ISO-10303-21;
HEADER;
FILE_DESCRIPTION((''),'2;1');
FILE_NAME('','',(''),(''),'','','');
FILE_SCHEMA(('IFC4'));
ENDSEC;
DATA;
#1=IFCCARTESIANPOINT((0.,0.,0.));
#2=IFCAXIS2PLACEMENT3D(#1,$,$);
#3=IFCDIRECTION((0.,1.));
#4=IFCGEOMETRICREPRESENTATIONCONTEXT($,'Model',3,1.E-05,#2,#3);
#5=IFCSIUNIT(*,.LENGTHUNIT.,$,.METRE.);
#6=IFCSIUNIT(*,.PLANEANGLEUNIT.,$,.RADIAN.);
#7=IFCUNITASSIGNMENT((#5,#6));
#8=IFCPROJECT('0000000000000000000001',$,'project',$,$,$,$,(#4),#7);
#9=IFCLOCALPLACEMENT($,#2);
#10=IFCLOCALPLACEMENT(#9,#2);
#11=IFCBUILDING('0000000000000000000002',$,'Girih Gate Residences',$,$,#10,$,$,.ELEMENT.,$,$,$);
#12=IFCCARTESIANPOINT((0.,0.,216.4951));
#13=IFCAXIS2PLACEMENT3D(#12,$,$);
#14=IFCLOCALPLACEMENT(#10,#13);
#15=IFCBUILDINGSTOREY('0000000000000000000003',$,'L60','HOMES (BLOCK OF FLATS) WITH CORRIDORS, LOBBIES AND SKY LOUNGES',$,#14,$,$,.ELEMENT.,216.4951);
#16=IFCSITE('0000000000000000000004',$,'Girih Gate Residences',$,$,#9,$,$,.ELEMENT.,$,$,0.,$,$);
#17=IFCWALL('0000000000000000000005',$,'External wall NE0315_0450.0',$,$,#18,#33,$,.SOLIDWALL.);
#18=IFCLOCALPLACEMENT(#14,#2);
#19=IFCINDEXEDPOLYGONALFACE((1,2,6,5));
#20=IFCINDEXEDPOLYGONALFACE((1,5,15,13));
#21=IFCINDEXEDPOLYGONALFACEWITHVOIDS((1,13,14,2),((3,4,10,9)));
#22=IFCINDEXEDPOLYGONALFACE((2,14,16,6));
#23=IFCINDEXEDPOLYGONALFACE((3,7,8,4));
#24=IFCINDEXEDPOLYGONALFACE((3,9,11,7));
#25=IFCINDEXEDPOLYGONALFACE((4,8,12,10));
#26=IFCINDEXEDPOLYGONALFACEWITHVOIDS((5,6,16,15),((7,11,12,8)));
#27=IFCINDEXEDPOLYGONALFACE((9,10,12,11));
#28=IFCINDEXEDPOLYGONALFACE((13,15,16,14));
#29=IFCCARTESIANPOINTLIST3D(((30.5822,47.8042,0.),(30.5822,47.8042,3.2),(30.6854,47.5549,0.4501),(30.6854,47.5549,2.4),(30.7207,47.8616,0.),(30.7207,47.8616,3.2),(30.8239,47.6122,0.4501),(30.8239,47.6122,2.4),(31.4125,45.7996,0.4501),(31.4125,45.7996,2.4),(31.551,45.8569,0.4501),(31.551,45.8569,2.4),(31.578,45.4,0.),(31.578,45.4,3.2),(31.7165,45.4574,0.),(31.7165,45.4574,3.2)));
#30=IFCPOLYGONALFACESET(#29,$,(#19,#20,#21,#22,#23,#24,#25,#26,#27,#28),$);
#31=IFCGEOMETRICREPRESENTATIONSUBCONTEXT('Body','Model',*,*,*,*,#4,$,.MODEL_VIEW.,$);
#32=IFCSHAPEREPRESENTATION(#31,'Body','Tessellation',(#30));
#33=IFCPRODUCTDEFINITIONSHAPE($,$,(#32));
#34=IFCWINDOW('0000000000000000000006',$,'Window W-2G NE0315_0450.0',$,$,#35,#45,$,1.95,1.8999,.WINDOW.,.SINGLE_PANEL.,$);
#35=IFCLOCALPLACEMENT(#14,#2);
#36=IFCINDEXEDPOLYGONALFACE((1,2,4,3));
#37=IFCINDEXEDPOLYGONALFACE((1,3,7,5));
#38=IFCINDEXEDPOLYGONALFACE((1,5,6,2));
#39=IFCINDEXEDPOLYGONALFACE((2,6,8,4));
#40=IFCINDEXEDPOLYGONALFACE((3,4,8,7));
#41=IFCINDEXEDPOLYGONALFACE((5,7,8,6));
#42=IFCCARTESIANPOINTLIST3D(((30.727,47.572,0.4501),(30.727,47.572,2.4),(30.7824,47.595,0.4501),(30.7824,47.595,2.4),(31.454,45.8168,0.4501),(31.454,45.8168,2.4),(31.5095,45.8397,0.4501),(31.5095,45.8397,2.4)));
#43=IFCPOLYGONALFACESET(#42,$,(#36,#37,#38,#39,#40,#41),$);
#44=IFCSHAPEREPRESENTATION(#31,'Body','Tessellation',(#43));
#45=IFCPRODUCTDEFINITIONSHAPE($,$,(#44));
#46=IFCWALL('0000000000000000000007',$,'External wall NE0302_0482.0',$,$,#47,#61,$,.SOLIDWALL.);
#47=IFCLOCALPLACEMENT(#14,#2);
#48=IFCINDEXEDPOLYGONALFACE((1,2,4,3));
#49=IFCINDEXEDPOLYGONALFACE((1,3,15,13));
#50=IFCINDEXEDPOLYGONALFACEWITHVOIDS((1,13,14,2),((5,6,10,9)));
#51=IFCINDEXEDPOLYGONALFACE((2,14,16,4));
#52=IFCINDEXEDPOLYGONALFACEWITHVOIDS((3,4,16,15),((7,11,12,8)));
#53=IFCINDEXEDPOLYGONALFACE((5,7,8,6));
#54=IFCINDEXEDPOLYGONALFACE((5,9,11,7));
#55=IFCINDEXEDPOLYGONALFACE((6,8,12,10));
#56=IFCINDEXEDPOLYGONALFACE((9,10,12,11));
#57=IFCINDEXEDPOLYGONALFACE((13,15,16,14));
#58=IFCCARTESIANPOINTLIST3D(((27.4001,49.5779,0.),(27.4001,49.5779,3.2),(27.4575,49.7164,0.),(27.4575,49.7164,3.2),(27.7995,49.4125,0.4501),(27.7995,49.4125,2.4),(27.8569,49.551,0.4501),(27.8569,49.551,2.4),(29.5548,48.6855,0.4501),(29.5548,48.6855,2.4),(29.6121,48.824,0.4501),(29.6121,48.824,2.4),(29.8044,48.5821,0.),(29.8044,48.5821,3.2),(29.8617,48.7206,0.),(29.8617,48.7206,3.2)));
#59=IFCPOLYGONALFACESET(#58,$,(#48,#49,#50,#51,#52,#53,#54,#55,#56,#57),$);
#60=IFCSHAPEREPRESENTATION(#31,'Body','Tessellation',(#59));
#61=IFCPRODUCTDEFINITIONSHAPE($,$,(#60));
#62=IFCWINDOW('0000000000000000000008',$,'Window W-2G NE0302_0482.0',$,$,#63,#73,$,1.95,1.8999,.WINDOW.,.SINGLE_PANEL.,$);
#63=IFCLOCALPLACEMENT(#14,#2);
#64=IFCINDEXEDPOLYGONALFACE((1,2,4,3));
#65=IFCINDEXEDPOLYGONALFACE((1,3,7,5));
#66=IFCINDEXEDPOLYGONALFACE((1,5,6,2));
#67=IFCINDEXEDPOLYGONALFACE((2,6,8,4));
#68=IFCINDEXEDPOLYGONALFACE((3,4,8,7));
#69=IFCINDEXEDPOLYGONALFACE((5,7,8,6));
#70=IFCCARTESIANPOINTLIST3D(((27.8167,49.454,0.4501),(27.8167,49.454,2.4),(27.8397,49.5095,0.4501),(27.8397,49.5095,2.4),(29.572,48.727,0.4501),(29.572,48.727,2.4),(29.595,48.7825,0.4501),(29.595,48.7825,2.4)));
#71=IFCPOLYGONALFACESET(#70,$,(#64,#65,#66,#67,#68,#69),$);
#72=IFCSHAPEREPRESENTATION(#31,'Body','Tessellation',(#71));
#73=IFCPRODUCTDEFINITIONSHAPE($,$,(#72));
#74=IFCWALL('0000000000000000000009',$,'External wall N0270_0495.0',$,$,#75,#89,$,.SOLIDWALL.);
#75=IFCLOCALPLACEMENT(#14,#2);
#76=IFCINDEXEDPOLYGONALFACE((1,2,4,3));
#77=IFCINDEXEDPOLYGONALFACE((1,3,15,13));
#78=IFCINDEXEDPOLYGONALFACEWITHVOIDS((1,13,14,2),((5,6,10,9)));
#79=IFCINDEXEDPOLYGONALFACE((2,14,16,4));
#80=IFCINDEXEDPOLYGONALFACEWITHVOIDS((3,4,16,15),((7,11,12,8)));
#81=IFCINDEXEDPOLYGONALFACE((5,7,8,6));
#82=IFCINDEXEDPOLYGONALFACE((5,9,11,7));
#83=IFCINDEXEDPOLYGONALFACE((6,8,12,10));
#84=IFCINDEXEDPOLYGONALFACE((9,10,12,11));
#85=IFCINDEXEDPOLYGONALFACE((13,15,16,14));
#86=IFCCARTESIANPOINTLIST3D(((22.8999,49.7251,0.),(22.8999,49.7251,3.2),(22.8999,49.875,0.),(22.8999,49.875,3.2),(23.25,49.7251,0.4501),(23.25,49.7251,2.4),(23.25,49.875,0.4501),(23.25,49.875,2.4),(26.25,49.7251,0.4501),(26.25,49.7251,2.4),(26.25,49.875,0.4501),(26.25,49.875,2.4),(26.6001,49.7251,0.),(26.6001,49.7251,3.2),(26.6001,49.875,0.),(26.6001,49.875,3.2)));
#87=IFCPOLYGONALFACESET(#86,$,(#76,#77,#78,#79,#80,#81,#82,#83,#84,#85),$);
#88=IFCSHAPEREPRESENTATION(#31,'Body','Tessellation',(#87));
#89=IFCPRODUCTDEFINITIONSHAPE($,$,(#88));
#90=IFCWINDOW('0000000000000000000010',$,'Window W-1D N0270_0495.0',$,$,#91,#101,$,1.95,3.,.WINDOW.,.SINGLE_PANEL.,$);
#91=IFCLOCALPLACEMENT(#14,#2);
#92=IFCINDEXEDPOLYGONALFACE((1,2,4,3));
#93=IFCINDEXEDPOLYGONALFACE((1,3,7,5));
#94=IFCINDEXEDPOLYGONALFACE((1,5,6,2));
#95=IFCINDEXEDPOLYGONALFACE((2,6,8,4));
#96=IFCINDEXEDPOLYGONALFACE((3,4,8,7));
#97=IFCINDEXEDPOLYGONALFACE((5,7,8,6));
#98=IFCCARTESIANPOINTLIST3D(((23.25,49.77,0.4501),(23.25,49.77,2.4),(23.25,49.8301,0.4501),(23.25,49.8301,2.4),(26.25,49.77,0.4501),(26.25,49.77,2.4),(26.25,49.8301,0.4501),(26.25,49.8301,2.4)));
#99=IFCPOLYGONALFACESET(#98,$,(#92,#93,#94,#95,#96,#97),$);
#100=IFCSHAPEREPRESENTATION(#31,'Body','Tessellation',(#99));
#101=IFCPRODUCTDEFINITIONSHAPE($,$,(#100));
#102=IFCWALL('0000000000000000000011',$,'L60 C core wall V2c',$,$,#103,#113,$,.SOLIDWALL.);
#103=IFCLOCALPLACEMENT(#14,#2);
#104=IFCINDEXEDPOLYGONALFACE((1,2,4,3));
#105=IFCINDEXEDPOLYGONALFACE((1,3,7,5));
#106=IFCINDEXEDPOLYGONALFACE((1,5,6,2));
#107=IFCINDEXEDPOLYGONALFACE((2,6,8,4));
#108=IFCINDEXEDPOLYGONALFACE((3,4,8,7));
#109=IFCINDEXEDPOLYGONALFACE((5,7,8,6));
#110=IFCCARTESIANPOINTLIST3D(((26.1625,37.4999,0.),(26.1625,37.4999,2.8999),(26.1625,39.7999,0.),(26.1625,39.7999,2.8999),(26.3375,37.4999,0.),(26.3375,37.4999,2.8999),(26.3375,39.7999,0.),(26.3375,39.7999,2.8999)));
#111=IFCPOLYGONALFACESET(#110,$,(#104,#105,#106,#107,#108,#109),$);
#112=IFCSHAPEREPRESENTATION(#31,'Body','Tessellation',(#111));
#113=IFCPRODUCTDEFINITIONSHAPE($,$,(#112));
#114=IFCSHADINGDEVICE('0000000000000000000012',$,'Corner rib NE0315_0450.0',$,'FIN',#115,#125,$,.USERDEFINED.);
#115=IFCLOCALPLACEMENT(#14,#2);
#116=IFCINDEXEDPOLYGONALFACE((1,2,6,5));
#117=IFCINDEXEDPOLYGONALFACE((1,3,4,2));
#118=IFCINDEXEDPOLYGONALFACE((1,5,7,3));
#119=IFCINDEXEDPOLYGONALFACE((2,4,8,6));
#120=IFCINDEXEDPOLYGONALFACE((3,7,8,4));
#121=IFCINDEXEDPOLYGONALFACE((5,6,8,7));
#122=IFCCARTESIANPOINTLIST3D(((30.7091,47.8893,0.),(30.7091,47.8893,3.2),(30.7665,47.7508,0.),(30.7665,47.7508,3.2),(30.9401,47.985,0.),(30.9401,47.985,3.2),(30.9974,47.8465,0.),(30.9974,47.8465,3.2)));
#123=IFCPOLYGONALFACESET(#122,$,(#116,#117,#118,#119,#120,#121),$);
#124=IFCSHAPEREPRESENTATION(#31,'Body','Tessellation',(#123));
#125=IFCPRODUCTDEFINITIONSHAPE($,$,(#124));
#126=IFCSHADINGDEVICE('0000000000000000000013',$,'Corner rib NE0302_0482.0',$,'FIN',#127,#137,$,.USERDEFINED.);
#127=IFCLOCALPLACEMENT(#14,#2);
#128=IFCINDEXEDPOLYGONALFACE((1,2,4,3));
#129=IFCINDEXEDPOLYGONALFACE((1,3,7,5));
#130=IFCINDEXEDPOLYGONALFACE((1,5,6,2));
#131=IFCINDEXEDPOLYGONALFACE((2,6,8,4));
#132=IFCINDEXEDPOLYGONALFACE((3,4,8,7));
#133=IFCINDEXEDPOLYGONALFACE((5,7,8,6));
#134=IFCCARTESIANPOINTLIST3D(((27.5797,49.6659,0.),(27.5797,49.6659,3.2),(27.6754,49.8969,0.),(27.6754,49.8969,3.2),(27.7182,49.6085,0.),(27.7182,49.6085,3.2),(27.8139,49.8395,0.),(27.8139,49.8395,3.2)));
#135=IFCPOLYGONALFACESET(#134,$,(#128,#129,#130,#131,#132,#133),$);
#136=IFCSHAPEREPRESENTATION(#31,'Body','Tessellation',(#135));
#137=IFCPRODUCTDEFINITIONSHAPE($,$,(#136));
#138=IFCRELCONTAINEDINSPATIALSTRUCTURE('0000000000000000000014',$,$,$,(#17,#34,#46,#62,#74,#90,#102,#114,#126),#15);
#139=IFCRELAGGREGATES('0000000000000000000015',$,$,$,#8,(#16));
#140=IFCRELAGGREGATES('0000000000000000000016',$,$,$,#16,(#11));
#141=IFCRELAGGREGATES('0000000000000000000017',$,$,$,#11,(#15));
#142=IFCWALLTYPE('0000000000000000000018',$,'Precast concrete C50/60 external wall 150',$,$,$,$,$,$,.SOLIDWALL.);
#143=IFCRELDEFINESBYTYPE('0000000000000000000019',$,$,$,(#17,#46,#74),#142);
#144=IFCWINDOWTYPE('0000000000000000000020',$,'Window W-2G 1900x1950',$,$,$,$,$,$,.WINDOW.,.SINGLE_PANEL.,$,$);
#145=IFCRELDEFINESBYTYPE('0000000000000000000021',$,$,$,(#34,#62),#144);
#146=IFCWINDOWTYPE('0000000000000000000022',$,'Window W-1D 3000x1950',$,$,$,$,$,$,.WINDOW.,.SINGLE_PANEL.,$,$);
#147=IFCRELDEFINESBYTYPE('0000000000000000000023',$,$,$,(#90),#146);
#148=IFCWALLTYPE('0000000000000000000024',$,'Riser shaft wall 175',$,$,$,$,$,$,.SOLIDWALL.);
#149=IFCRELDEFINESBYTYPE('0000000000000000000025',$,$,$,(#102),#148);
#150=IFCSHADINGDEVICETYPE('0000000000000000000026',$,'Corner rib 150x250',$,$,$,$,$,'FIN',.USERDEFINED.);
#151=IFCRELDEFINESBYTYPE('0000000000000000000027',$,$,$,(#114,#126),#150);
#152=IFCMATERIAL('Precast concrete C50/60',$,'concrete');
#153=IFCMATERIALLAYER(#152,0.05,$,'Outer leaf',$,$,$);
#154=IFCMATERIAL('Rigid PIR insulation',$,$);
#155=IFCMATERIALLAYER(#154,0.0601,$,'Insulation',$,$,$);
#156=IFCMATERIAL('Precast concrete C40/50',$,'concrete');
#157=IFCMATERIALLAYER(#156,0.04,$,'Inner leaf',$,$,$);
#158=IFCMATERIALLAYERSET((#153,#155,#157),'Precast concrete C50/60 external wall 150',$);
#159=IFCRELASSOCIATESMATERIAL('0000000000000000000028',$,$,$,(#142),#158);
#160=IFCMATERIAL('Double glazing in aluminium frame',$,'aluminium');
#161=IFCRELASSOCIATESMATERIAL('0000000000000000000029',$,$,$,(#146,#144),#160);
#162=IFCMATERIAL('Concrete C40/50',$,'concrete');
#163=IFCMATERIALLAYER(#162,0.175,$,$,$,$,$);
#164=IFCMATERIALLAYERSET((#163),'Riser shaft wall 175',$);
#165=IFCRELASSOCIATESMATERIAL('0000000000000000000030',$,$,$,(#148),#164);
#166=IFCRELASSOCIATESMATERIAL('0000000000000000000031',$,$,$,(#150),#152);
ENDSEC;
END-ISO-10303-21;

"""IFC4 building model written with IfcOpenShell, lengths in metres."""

from ifc_helpers import new_model, si_unit, direction, frame, frame_2d, origin, origin_2d, place, context, subcontext, project, spatial, rectangle, extrude, material, layer, layer_set, type_object, element, fill, save


model = new_model("IFC4")

# Units and contexts
model_context = context("Model", 3, precision=1e-05, world=origin(), true_north=direction((0.0, 1.0)))
body_context = subcontext(model_context, "Body", "Model", "MODEL_VIEW")
ifc_project = project(units=[si_unit("LENGTHUNIT", "METRE"), si_unit("PLANEANGLEUNIT", "RADIAN")], contexts=[model_context])

# Site, building, storey
site_placement = place(None, origin())
site = spatial("IfcSite", under=ifc_project, at=site_placement, Name="Girih Gate Residences", CompositionType="ELEMENT", RefElevation=0.0)
building_placement = place(site_placement, origin())
building = spatial("IfcBuilding", under=site, at=building_placement, Name="Girih Gate Residences", CompositionType="ELEMENT")
storey_placement = place(building_placement, frame((0.0, 0.0, 216.4951)))
storey = spatial("IfcBuildingStorey", under=building, at=storey_placement, Name="L60", Description="HOMES (BLOCK OF FLATS) WITH CORRIDORS, LOBBIES AND SKY LOUNGES", CompositionType="ELEMENT", Elevation=216.4951)

# Walls, openings, windows
ifc_material_1 = material(Name="Precast concrete C50/60", Category="concrete")
ifc_layer_1 = layer(ifc_material_1, 0.05, Name="Outer leaf")
ifc_material_2 = material(Name="Rigid PIR insulation")
ifc_layer_2 = layer(ifc_material_2, 0.0601, Name="Insulation")
ifc_material_3 = material(Name="Precast concrete C40/50", Category="concrete")
ifc_layer_3 = layer(ifc_material_3, 0.04, Name="Inner leaf")
ifc_layer_set_1 = layer_set([ifc_layer_1, ifc_layer_2, ifc_layer_3], Name="Precast concrete C50/60 external wall 150")
wall_type_1 = type_object("IfcWallType", Name="Precast concrete C50/60 external wall 150", PredefinedType="SOLIDWALL", material=ifc_layer_set_1)
ifc_material_4 = material(Name="Double glazing in aluminium frame", Category="aluminium")
window_type_1 = type_object("IfcWindowType", Name="Window W-1D 3000x1950", PartitioningType="SINGLE_PANEL", PredefinedType="WINDOW", material=ifc_material_4)
wall_1_placement = place(storey_placement, frame((30.6514, 47.833, 0.0), z_axis=(0.0, 0.0, 1.0), x_axis=(0.382669, -0.923885, 0.0)))
wall_1 = element("IfcWall", 1, at=wall_1_placement, inside=storey, type_object=wall_type_1, Name="External wall NE0315_0450.0", PredefinedType="SOLIDWALL", context=body_context, shape_type="SweptSolid", body=[
    extrude(rectangle(XDim=2.6023, YDim=0.1499, at=frame_2d((1.3013, 0.0))), origin(), (0.0, 0.0, 1.0), 3.2),
])
opening_1_placement = place(wall_1_placement, frame((0.27, 0.0, 0.45)))
opening_1 = element("IfcOpeningElement", 2, at=opening_1_placement, cuts=wall_1, PredefinedType="OPENING", context=body_context, shape_type="SweptSolid", body=[
    extrude(rectangle(XDim=1.8999, YDim=1.95, at=frame_2d((0.95, 0.9751))), frame((0.0, 0.085, 0.0), z_axis=(0.0, -1.0, 0.0), x_axis=(1.0, 0.0, 0.0)), (0.0, 0.0, 1.0), 0.1699),
])
window_type_2 = type_object("IfcWindowType", Name="Window W-2G 1900x1950", PartitioningType="SINGLE_PANEL", PredefinedType="WINDOW", material=ifc_material_4)
window_1_placement = place(opening_1_placement, origin())
window_1 = element("IfcWindow", 3, at=window_1_placement, inside=storey, type_object=window_type_2, Name="Window W-2G NE0315_0450.0", OverallHeight=1.95, OverallWidth=1.8999, PartitioningType="SINGLE_PANEL", PredefinedType="WINDOW", context=body_context, shape_type="SweptSolid", body=[
    extrude(rectangle(XDim=1.8999, YDim=1.95, at=frame_2d((0.95, 0.9751))), frame((0.0, 0.03, 0.0), z_axis=(0.0, -1.0, 0.0), x_axis=(1.0, 0.0, 0.0)), (0.0, 0.0, 1.0), 0.0601),
])
fill(opening_1, window_1)
wall_2_placement = place(storey_placement, frame((27.4287, 49.6472, 0.0), z_axis=(0.0, 0.0, 1.0), x_axis=(0.923885, -0.382669, 0.0)))
wall_2 = element("IfcWall", 4, at=wall_2_placement, inside=storey, type_object=wall_type_1, Name="External wall NE0302_0482.0", PredefinedType="SOLIDWALL", context=body_context, shape_type="SweptSolid", body=[
    extrude(rectangle(XDim=2.6023, YDim=0.1499, at=frame_2d((1.3013, 0.0))), origin(), (0.0, 0.0, 1.0), 3.2),
])
opening_2_placement = place(wall_2_placement, frame((0.4324, 0.0, 0.45)))
opening_2 = element("IfcOpeningElement", 5, at=opening_2_placement, cuts=wall_2, PredefinedType="OPENING", context=body_context, shape_type="SweptSolid", body=[
    extrude(rectangle(XDim=1.8999, YDim=1.95, at=frame_2d((0.95, 0.9751))), frame((0.0, 0.085, 0.0), z_axis=(0.0, -1.0, 0.0), x_axis=(1.0, 0.0, 0.0)), (0.0, 0.0, 1.0), 0.1699),
])
window_2_placement = place(opening_2_placement, origin())
window_2 = element("IfcWindow", 6, at=window_2_placement, inside=storey, type_object=window_type_2, Name="Window W-2G NE0302_0482.0", OverallHeight=1.95, OverallWidth=1.8999, PartitioningType="SINGLE_PANEL", PredefinedType="WINDOW", context=body_context, shape_type="SweptSolid", body=[
    extrude(rectangle(XDim=1.8999, YDim=1.95, at=frame_2d((0.95, 0.9751))), frame((0.0, 0.03, 0.0), z_axis=(0.0, -1.0, 0.0), x_axis=(1.0, 0.0, 0.0)), (0.0, 0.0, 1.0), 0.0601),
])
fill(opening_2, window_2)
wall_3_placement = place(storey_placement, frame((22.8999, 49.8, 0.0), z_axis=(0.0, 0.0, 1.0), x_axis=(1.0, 0.0, 0.0)))
wall_3 = element("IfcWall", 7, at=wall_3_placement, inside=storey, type_object=wall_type_1, Name="External wall N0270_0495.0", PredefinedType="SOLIDWALL", context=body_context, shape_type="SweptSolid", body=[
    extrude(rectangle(XDim=3.7002, YDim=0.1499, at=frame_2d((1.8501, 0.0))), origin(), (0.0, 0.0, 1.0), 3.2),
])
opening_3_placement = place(wall_3_placement, frame((0.3501, 0.0, 0.45)))
opening_3 = element("IfcOpeningElement", 8, at=opening_3_placement, cuts=wall_3, PredefinedType="OPENING", context=body_context, shape_type="SweptSolid", body=[
    extrude(rectangle(XDim=3.0, YDim=1.95, at=frame_2d((1.5, 0.9751))), frame((0.0, 0.085, 0.0), z_axis=(0.0, -1.0, 0.0), x_axis=(1.0, 0.0, 0.0)), (0.0, 0.0, 1.0), 0.1699),
])
window_3_placement = place(opening_3_placement, origin())
window_3 = element("IfcWindow", 9, at=window_3_placement, inside=storey, type_object=window_type_1, Name="Window W-1D N0270_0495.0", OverallHeight=1.95, OverallWidth=3.0, PartitioningType="SINGLE_PANEL", PredefinedType="WINDOW", context=body_context, shape_type="SweptSolid", body=[
    extrude(rectangle(XDim=3.0, YDim=1.95, at=frame_2d((1.5, 0.9751))), frame((0.0, 0.03, 0.0), z_axis=(0.0, -1.0, 0.0), x_axis=(1.0, 0.0, 0.0)), (0.0, 0.0, 1.0), 0.0601),
])
fill(opening_3, window_3)

# Wall
ifc_material_5 = material(Name="Concrete C40/50", Category="concrete")
ifc_layer_4 = layer(ifc_material_5, 0.175)
ifc_layer_set_2 = layer_set([ifc_layer_4], Name="Riser shaft wall 175")
wall_type_2 = type_object("IfcWallType", Name="Riser shaft wall 175", PredefinedType="SOLIDWALL", material=ifc_layer_set_2)
wall_4_placement = place(storey_placement, frame((26.25, 37.5, 0.0), z_axis=(0.0, 0.0, 1.0), x_axis=(0.0, 1.0, 0.0)))
element("IfcWall", 10, at=wall_4_placement, inside=storey, type_object=wall_type_2, Name="L60 C core wall V2c", PredefinedType="SOLIDWALL", context=body_context, shape_type="SweptSolid", body=[
    extrude(rectangle(XDim=2.3, YDim=0.175, at=frame_2d((1.1499, 0.0))), origin(), (0.0, 0.0, 1.0), 2.8999),
])

# Shading devices
shading_device_type = type_object("IfcShadingDeviceType", Name="Corner rib 150x250", ElementType="FIN", PredefinedType="USERDEFINED", material=ifc_material_1)
for number, where, z_axis, x_axis, name in (
    (11, (30.8533, 47.8679, 0.0), (0.0, 0.0, 1.0), (-0.382683, 0.92388, 0.0), "Corner rib NE0315_0450.0"),
    (12, (27.6968, 49.7527, 0.0), (0.0, 0.0, 1.0), (-0.92388, 0.382683, 0.0), "Corner rib NE0302_0482.0"),
):
    element("IfcShadingDevice", number, at=place(storey_placement, frame(where, z_axis=z_axis, x_axis=x_axis)), inside=storey, type_object=shading_device_type, Name=name, ObjectType="FIN", PredefinedType="USERDEFINED", context=body_context, shape_type="SweptSolid", body=[
        extrude(rectangle(XDim=0.1499, YDim=0.25, at=origin_2d()), origin(), (0.0, 0.0, 1.0), 3.2),
    ])

save(model, "model.ifc")
